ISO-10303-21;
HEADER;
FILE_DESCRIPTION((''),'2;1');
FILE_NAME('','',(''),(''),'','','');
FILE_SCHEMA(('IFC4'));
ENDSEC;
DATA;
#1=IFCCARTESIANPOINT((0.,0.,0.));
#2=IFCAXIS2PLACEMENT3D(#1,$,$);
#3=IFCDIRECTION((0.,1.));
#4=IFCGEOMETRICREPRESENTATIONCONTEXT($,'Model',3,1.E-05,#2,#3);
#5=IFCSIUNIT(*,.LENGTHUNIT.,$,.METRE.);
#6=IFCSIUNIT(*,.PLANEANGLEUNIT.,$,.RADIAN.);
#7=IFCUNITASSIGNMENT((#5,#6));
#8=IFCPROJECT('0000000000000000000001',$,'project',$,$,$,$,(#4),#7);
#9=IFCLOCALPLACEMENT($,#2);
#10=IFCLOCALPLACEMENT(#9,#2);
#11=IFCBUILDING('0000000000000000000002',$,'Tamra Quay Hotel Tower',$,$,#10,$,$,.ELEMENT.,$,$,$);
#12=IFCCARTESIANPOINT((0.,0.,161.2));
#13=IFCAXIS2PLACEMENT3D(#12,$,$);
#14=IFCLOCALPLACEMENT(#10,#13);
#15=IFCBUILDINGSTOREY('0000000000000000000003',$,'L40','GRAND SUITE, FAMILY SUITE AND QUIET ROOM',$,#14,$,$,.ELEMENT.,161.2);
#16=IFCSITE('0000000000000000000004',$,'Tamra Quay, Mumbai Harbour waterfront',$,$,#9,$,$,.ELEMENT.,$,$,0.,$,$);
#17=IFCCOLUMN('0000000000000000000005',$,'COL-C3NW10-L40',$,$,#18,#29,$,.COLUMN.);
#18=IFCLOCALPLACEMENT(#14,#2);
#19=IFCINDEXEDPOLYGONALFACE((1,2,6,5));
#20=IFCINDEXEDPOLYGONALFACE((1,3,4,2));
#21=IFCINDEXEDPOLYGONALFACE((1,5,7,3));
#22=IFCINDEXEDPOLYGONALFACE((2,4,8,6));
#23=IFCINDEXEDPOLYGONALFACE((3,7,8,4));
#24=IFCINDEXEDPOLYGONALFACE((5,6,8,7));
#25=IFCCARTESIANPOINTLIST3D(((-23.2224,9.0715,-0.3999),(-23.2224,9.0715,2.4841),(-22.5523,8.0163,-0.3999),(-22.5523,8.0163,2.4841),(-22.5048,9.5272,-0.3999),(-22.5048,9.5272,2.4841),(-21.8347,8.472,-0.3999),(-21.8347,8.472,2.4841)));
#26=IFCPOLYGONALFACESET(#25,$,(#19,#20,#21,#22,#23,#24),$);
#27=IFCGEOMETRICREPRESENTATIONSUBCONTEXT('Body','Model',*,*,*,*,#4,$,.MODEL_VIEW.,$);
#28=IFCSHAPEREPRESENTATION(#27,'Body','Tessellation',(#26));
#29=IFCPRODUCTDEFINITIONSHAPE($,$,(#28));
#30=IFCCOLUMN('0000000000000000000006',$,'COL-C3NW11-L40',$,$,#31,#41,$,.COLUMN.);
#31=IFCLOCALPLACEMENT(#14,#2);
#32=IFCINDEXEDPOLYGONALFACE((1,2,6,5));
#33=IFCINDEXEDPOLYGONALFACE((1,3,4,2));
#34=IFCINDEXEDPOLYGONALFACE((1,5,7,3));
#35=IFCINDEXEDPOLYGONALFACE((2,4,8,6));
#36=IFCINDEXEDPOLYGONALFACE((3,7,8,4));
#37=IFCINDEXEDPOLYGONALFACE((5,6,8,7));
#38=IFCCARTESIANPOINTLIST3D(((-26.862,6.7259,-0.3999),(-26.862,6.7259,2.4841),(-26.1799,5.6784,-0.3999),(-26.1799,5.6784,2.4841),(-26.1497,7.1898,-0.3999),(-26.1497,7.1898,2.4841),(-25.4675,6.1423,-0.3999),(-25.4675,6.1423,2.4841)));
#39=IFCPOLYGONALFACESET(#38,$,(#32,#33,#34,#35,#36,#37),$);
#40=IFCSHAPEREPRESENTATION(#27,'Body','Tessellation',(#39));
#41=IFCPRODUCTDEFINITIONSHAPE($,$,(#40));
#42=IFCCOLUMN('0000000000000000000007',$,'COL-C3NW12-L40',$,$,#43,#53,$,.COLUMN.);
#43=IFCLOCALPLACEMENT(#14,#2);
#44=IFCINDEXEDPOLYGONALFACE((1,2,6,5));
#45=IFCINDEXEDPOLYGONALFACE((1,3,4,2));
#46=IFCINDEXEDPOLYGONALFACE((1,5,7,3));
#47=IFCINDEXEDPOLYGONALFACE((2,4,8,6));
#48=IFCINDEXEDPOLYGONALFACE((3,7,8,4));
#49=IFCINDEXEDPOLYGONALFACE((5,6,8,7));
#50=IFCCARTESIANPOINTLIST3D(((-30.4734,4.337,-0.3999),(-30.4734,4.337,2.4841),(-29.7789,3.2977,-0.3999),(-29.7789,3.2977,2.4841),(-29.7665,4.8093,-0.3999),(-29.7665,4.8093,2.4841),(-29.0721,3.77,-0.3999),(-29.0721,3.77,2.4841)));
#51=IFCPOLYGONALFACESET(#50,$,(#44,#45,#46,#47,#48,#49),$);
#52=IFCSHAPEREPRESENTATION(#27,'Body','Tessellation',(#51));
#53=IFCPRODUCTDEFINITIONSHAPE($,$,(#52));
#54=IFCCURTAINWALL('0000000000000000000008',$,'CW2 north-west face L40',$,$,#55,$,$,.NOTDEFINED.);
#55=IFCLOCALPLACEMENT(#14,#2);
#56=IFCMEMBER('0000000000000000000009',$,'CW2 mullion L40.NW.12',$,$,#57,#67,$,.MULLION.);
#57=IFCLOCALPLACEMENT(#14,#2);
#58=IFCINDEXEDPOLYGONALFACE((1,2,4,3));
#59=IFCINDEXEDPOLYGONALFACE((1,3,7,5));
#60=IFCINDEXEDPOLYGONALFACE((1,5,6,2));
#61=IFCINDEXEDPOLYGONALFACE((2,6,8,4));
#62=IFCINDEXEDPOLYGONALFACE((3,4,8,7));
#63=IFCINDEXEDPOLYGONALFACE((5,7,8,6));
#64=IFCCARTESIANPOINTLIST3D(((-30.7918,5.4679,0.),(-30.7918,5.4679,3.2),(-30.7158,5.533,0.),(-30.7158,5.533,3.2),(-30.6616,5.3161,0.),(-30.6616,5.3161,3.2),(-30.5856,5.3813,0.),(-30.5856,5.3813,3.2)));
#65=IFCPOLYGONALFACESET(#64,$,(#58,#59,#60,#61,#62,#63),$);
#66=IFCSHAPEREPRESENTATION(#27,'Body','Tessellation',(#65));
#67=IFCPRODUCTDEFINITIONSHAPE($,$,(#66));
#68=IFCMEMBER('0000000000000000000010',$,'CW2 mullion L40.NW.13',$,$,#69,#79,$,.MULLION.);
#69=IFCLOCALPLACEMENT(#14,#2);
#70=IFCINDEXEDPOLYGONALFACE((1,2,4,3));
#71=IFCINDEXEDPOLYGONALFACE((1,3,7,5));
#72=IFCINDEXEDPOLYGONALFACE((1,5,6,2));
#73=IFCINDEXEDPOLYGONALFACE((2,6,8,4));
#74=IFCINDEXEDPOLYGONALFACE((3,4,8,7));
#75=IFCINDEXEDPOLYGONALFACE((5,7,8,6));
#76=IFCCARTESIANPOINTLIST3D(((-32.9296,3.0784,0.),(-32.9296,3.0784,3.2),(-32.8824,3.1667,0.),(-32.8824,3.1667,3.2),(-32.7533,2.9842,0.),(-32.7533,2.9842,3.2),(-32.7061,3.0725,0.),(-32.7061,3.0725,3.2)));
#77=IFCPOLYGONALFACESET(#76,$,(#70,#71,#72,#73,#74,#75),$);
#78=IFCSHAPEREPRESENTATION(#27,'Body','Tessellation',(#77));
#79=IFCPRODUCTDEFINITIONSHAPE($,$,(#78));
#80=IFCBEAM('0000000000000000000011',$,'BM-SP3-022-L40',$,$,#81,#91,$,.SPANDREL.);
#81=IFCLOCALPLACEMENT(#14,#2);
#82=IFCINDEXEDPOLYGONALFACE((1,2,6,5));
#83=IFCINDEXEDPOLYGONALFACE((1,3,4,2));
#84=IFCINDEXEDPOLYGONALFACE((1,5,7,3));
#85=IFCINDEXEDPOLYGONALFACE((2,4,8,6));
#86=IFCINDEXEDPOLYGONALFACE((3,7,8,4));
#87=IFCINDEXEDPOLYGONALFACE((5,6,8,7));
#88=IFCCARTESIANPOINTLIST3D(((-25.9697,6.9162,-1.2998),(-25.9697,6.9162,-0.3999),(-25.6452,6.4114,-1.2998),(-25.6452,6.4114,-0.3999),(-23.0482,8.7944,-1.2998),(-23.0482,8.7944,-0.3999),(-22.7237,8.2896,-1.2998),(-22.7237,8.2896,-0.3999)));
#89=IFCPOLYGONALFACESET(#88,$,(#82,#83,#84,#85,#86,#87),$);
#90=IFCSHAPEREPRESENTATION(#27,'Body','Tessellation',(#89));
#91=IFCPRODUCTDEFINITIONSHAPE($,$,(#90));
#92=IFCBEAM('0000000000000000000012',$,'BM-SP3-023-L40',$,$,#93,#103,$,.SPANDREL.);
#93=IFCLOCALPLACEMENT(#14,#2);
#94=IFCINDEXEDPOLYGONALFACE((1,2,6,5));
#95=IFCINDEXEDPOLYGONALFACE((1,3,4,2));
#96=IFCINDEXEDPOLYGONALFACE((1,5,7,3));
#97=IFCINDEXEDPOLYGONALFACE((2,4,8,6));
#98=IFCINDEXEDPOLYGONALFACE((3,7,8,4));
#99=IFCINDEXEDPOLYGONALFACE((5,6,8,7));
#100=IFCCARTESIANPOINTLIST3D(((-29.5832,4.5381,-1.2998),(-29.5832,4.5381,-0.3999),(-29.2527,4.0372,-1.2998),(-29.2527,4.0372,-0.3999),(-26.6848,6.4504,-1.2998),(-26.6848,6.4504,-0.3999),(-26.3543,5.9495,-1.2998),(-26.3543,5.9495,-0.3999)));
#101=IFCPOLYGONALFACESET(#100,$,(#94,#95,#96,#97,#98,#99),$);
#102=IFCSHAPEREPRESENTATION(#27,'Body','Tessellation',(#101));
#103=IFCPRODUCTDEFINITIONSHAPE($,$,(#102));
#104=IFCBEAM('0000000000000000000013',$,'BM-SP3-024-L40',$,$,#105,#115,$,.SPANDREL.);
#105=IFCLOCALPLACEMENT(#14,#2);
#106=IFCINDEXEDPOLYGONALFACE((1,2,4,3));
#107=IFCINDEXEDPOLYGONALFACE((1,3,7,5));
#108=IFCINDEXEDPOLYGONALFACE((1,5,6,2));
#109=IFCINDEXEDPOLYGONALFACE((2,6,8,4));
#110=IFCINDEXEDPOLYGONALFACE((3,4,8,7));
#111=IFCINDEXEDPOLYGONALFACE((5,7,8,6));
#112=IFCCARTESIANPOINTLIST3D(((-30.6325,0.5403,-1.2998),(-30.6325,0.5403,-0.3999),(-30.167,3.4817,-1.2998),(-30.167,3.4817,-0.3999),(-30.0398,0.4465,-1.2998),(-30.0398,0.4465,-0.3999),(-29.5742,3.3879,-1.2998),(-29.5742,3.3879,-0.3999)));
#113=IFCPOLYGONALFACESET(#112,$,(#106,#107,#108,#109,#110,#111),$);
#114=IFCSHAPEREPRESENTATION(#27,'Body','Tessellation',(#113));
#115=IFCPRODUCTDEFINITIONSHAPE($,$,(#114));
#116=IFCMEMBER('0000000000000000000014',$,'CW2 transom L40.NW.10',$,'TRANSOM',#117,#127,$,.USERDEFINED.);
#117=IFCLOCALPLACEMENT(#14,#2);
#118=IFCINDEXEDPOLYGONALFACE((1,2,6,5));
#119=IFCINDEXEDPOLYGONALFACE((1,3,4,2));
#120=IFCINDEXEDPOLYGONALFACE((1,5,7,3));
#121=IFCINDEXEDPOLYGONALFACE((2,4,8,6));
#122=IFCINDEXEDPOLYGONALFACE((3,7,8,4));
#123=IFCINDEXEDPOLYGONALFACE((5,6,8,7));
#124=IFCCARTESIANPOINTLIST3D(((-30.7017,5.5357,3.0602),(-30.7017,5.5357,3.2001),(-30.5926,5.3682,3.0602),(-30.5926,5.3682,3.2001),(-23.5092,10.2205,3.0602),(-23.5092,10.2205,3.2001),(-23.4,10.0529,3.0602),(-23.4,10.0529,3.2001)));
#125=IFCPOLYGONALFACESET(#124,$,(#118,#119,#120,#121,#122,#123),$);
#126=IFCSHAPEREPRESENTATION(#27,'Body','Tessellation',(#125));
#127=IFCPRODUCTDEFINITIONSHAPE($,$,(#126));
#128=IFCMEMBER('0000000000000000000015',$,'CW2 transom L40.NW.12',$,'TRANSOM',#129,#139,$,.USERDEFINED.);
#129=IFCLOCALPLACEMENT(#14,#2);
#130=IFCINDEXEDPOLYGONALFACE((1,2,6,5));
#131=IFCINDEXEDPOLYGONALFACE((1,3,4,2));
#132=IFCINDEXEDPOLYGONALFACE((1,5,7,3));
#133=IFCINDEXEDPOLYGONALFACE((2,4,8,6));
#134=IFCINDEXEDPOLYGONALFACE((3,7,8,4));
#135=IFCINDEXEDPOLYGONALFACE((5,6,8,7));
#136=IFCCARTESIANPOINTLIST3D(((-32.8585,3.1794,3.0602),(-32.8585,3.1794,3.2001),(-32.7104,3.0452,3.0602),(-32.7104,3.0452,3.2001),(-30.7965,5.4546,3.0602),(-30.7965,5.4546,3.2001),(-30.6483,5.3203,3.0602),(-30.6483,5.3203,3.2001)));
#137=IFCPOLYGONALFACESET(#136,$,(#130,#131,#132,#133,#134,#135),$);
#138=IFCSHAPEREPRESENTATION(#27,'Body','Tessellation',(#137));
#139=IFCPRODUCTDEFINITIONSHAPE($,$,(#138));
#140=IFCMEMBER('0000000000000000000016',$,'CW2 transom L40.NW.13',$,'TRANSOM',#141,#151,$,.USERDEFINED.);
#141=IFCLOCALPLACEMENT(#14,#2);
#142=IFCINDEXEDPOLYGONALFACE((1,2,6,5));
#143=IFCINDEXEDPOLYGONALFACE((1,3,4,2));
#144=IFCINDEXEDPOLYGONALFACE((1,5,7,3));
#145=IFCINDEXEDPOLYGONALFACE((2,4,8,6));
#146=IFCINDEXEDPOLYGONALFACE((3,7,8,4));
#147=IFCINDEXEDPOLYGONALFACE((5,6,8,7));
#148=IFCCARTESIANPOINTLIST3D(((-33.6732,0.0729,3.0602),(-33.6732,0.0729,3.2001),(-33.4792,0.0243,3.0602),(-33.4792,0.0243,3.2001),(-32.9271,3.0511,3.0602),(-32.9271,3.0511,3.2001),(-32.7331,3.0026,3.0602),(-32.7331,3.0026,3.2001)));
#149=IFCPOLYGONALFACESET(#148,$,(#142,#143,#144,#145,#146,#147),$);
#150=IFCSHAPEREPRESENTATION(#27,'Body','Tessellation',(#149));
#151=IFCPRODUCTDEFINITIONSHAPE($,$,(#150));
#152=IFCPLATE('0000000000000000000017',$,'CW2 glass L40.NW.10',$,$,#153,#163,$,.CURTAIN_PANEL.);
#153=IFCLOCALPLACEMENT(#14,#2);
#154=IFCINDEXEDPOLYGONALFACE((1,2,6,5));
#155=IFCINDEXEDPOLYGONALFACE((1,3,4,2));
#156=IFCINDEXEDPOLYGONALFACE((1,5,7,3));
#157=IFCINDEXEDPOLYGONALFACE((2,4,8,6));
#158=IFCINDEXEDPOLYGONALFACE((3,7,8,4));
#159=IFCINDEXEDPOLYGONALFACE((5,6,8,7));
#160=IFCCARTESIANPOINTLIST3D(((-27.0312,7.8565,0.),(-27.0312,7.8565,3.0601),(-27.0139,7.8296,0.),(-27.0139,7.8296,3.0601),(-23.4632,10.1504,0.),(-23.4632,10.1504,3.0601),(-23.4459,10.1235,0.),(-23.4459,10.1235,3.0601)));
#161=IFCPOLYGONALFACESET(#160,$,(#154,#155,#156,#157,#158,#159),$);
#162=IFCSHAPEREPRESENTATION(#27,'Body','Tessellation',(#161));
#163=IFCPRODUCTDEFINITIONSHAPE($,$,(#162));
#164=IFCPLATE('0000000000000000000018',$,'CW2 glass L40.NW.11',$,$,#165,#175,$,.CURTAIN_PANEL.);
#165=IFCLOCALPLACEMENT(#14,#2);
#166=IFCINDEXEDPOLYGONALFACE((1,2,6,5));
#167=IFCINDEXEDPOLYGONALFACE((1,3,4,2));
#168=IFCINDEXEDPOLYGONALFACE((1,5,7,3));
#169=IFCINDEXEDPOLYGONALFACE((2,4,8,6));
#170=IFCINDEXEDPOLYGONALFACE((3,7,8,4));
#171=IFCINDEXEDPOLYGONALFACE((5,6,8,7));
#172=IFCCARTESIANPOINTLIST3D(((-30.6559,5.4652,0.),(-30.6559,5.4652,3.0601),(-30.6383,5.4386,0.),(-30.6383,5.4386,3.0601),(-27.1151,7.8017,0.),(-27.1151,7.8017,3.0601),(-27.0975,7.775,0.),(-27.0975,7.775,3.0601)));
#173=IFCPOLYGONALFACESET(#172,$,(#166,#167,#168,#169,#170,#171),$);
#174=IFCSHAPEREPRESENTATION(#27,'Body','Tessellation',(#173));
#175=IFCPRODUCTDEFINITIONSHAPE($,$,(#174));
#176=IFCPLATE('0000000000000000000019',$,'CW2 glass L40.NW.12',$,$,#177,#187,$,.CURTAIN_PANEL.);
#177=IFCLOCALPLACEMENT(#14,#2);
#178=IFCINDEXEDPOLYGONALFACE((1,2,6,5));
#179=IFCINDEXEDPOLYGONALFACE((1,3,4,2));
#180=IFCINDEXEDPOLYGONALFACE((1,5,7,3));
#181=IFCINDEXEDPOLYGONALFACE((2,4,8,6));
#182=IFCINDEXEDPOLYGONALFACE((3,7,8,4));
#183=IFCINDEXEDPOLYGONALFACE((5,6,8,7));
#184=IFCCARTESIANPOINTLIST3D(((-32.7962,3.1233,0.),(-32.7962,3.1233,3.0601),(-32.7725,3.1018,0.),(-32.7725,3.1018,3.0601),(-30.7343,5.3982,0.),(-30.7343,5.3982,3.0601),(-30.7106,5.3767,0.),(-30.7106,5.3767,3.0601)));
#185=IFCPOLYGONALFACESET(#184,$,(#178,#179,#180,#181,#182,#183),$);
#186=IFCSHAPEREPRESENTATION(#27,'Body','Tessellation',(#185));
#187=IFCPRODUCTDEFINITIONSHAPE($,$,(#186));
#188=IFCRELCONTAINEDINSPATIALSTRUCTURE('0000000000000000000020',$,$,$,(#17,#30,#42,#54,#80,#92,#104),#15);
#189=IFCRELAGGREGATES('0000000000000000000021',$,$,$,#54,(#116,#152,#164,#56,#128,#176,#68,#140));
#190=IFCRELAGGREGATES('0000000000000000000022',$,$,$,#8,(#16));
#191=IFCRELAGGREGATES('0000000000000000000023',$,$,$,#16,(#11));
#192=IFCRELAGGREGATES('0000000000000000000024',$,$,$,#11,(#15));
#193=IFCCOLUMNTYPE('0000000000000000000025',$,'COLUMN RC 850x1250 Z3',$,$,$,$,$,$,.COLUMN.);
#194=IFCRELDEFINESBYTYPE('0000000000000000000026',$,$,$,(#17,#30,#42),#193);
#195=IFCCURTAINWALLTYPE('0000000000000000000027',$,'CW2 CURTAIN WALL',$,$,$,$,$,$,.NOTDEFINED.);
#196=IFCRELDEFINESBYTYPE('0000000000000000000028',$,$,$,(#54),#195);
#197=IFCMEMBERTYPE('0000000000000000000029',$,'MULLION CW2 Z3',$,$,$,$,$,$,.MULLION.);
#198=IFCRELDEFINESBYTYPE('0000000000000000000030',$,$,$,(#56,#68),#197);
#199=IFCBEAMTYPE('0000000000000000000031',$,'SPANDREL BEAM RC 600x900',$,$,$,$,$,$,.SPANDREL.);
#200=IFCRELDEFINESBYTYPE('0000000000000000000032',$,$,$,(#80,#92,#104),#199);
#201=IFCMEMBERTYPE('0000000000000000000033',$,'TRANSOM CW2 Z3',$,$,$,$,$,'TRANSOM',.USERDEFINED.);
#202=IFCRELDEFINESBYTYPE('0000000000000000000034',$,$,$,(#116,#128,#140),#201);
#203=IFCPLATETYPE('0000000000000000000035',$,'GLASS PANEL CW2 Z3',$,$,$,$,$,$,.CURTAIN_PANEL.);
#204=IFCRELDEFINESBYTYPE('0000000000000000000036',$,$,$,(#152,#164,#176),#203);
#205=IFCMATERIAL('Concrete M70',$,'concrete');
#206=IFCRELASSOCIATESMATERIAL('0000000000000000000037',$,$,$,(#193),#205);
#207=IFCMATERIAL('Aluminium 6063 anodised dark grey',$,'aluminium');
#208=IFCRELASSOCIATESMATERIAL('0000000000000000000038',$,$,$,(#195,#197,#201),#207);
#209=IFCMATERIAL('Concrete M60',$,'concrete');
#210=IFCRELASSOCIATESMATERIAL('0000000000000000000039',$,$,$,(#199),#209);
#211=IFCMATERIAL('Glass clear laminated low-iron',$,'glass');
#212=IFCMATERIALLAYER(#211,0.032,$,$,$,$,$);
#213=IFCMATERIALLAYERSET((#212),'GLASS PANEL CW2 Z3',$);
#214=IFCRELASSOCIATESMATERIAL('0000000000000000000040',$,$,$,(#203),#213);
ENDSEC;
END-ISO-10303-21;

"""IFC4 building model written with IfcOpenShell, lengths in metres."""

from ifc_helpers import new_model, si_unit, direction, frame, origin, origin_2d, place, context, subcontext, project, spatial, rectangle, extrude, material, layer, layer_set, material_profile, profile_set, type_object, element, aggregate, save


model = new_model("IFC4")

# Units and contexts
model_context = context("Model", 3, precision=1e-05, world=origin(), true_north=direction((0.0, 1.0)))
body_context = subcontext(model_context, "Body", "Model", "MODEL_VIEW")
ifc_project = project(units=[si_unit("LENGTHUNIT", "METRE"), si_unit("PLANEANGLEUNIT", "RADIAN")], contexts=[model_context])

# Site, building, storey
site_placement = place(None, origin())
site = spatial("IfcSite", under=ifc_project, at=site_placement, Name="Tamra Quay, Mumbai Harbour waterfront", CompositionType="ELEMENT", RefElevation=0.0)
building_placement = place(site_placement, origin())
building = spatial("IfcBuilding", under=site, at=building_placement, Name="Tamra Quay Hotel Tower", CompositionType="ELEMENT")
storey_placement = place(building_placement, frame((0.0, 0.0, 161.2)))
storey = spatial("IfcBuildingStorey", under=building, at=storey_placement, Name="L40", Description="GRAND SUITE, FAMILY SUITE AND QUIET ROOM", CompositionType="ELEMENT", Elevation=161.2)

# Columns
ifc_material_1 = material(Name="Concrete M70", Category="concrete")
ifc_material_profile_1 = material_profile(ifc_material_1, rectangle(XDim=1.25, YDim=0.8501, at=origin_2d()), Name="COLUMN RC 850x1250 Z3")
ifc_profile_set_1 = profile_set([ifc_material_profile_1], Name="Concrete M70")
column_type = type_object("IfcColumnType", Name="COLUMN RC 850x1250 Z3", PredefinedType="COLUMN", material=ifc_profile_set_1)
for number, where, z_axis, x_axis, name in (
    (1, (-22.5286, 8.7717, -0.3999), (0.0, 0.0, 1.0), (-0.536102, 0.844153, 0.0), "COL-C3NW10-L40"),
    (2, (-26.1648, 6.4341, -0.3999), (0.0, 0.0, 1.0), (-0.545703, 0.837979, 0.0), "COL-C3NW11-L40"),
    (3, (-29.7727, 4.0535, -0.3999), (0.0, 0.0, 1.0), (-0.555583, 0.831461, 0.0), "COL-C3NW12-L40"),
):
    element("IfcColumn", number, at=place(storey_placement, frame(where, z_axis=z_axis, x_axis=x_axis)), inside=storey, type_object=column_type, Name=name, PredefinedType="COLUMN", context=body_context, shape_type="SweptSolid", body=[
        extrude(rectangle(XDim=1.25, YDim=0.8501, at=origin_2d()), origin(), (0.0, 0.0, 1.0), 2.884),
    ])

# Curtain wall, members
ifc_material_2 = material(Name="Aluminium 6063 anodised dark grey", Category="aluminium")
curtain_wall_type = type_object("IfcCurtainWallType", Name="CW2 CURTAIN WALL", PredefinedType="NOTDEFINED", material=ifc_material_2)
curtain_wall_placement = place(storey_placement, origin())
curtain_wall = element("IfcCurtainWall", 4, at=curtain_wall_placement, inside=storey, type_object=curtain_wall_type, Name="CW2 north-west face L40", PredefinedType="NOTDEFINED")
ifc_material_profile_2 = material_profile(ifc_material_2, rectangle(XDim=0.2, YDim=0.1001, at=origin_2d()), Name="MULLION 100X200")
ifc_profile_set_2 = profile_set([ifc_material_profile_2], Name="Aluminium 6063 anodised dark grey")
member_type_1 = type_object("IfcMemberType", Name="MULLION CW2 Z3", PredefinedType="MULLION", material=ifc_profile_set_2)
member_1_placement = place(storey_placement, frame((-30.6887, 5.4246, 0.0), z_axis=(0.0, 0.0, 1.0), x_axis=(-0.650989, 0.759087, 0.0)))
member_1 = element("IfcMember", 5, at=member_1_placement, type_object=member_type_1, Name="CW2 mullion L40.NW.12", PredefinedType="MULLION", context=body_context, shape_type="SweptSolid", body=[
    extrude(rectangle(XDim=0.2, YDim=0.1001, at=origin_2d()), origin(), (0.0, 0.0, 1.0), 3.2),
])
member_2_placement = place(storey_placement, frame((-32.8179, 3.0754, 0.0), z_axis=(0.0, 0.0, 1.0), x_axis=(-0.881925, 0.471389, 0.0)))
member_2 = element("IfcMember", 6, at=member_2_placement, type_object=member_type_1, Name="CW2 mullion L40.NW.13", PredefinedType="MULLION", context=body_context, shape_type="SweptSolid", body=[
    extrude(rectangle(XDim=0.2, YDim=0.1001, at=origin_2d()), origin(), (0.0, 0.0, 1.0), 3.2),
])

# Beams
ifc_material_3 = material(Name="Concrete M60", Category="concrete")
ifc_material_profile_3 = material_profile(ifc_material_3, rectangle(XDim=0.6001, YDim=0.8999, at=origin_2d()), Name="SPANDREL BEAM RC 600x900")
ifc_profile_set_3 = profile_set([ifc_material_profile_3], Name="Concrete M60")
beam_type = type_object("IfcBeamType", Name="SPANDREL BEAM RC 600x900", PredefinedType="SPANDREL", material=ifc_profile_set_3)
beam_1_placement = place(storey_placement, frame((-22.886, 8.542, -0.8499), z_axis=(-0.84116, -0.540786, 0.0), x_axis=(0.540786, -0.84116, 0.0)))
element("IfcBeam", 7, at=beam_1_placement, inside=storey, type_object=beam_type, Name="BM-SP3-022-L40", PredefinedType="SPANDREL", context=body_context, shape_type="SweptSolid", body=[
    extrude(rectangle(XDim=0.6001, YDim=0.8999, at=origin_2d()), origin(), (0.0, 0.0, 1.0), 3.4731),
])
beam_2_placement = place(storey_placement, frame((-26.5195, 6.2, -0.8499), z_axis=(-0.834691, -0.550719, 0.0), x_axis=(0.550719, -0.834691, 0.0)))
element("IfcBeam", 8, at=beam_2_placement, inside=storey, type_object=beam_type, Name="BM-SP3-023-L40", PredefinedType="SPANDREL", context=body_context, shape_type="SweptSolid", body=[
    extrude(rectangle(XDim=0.6001, YDim=0.8999, at=origin_2d()), origin(), (0.0, 0.0, 1.0), 3.4724),
])
beam_3_placement = place(storey_placement, frame((-29.8706, 3.4348, -0.8499), z_axis=(-0.156337, -0.987704, 0.0), x_axis=(0.987704, -0.156337, 0.0)))
element("IfcBeam", 9, at=beam_3_placement, inside=storey, type_object=beam_type, Name="BM-SP3-024-L40", PredefinedType="SPANDREL", context=body_context, shape_type="SweptSolid", body=[
    extrude(rectangle(XDim=0.6001, YDim=0.8999, at=origin_2d()), origin(), (0.0, 0.0, 1.0), 2.978),
])

# Members
ifc_material_profile_4 = material_profile(ifc_material_2, rectangle(XDim=0.2, YDim=0.1399, at=origin_2d()), Name="TRANSOM 200X140")
ifc_profile_set_4 = profile_set([ifc_material_profile_4], Name="Aluminium 6063 anodised dark grey")
member_type_2 = type_object("IfcMemberType", Name="TRANSOM CW2 Z3", ElementType="TRANSOM", PredefinedType="USERDEFINED", material=ifc_profile_set_4)
member_3_placement = place(storey_placement, frame((-23.4546, 10.1367, 3.1301), z_axis=(-0.837932, -0.545775, 0.0), x_axis=(0.545775, -0.837932, 0.0)))
member_3 = element("IfcMember", 10, at=member_3_placement, type_object=member_type_2, Name="CW2 transom L40.NW.10", ObjectType="TRANSOM", PredefinedType="USERDEFINED", context=body_context, shape_type="SweptSolid", body=[
    extrude(rectangle(XDim=0.2, YDim=0.1399, at=origin_2d()), origin(), (0.0, 0.0, 1.0), 8.5837),
])
member_4_placement = place(storey_placement, frame((-30.7224, 5.3875, 3.1301), z_axis=(-0.671548, -0.740961, 0.0), x_axis=(0.740961, -0.671548, 0.0)))
member_4 = element("IfcMember", 11, at=member_4_placement, type_object=member_type_2, Name="CW2 transom L40.NW.12", ObjectType="TRANSOM", PredefinedType="USERDEFINED", context=body_context, shape_type="SweptSolid", body=[
    extrude(rectangle(XDim=0.2, YDim=0.1399, at=origin_2d()), origin(), (0.0, 0.0, 1.0), 3.0706),
])
member_5_placement = place(storey_placement, frame((-32.8301, 3.0269, 3.1301), z_axis=(-0.243003, -0.970025, 0.0), x_axis=(0.970025, -0.243003, 0.0)))
member_5 = element("IfcMember", 12, at=member_5_placement, type_object=member_type_2, Name="CW2 transom L40.NW.13", ObjectType="TRANSOM", PredefinedType="USERDEFINED", context=body_context, shape_type="SweptSolid", body=[
    extrude(rectangle(XDim=0.2, YDim=0.1399, at=origin_2d()), origin(), (0.0, 0.0, 1.0), 3.0703),
])

# Plates
ifc_material_4 = material(Name="Glass clear laminated low-iron", Category="glass")
ifc_layer_1 = layer(ifc_material_4, 0.032)
ifc_layer_set_1 = layer_set([ifc_layer_1], Name="GLASS PANEL CW2 Z3")
plate_type = type_object("IfcPlateType", Name="GLASS PANEL CW2 Z3", PredefinedType="CURTAIN_PANEL", material=ifc_layer_set_1)
plate_1_placement = place(storey_placement, frame((-25.2385, 8.99, 0.0), z_axis=(0.0, 0.0, 1.0), x_axis=(-0.841164, -0.54078, 0.0)))
plate_1 = element("IfcPlate", 13, at=plate_1_placement, type_object=plate_type, Name="CW2 glass L40.NW.10", PredefinedType="CURTAIN_PANEL", context=body_context, shape_type="SweptSolid", body=[
    extrude(rectangle(XDim=4.2417, YDim=0.032, at=origin_2d()), origin(), (0.0, 0.0, 1.0), 3.0601),
])
plate_2_placement = place(storey_placement, frame((-28.8767, 6.6201, 0.0), z_axis=(0.0, 0.0, 1.0), x_axis=(-0.834663, -0.550761, 0.0)))
plate_2 = element("IfcPlate", 14, at=plate_2_placement, type_object=plate_type, Name="CW2 glass L40.NW.11", PredefinedType="CURTAIN_PANEL", context=body_context, shape_type="SweptSolid", body=[
    extrude(rectangle(XDim=4.2422, YDim=0.032, at=origin_2d()), origin(), (0.0, 0.0, 1.0), 3.0601),
])
plate_3_placement = place(storey_placement, frame((-31.7534, 4.25, 0.0), z_axis=(0.0, 0.0, 1.0), x_axis=(-0.67155, -0.740959, 0.0)))
plate_3 = element("IfcPlate", 15, at=plate_3_placement, type_object=plate_type, Name="CW2 glass L40.NW.12", PredefinedType="CURTAIN_PANEL", context=body_context, shape_type="SweptSolid", body=[
    extrude(rectangle(XDim=3.0703, YDim=0.032, at=origin_2d()), origin(), (0.0, 0.0, 1.0), 3.0601),
])
aggregate(curtain_wall, [member_3, plate_1, plate_2, member_1, member_4, plate_3, member_2, member_5])

save(model, "model.ifc")
